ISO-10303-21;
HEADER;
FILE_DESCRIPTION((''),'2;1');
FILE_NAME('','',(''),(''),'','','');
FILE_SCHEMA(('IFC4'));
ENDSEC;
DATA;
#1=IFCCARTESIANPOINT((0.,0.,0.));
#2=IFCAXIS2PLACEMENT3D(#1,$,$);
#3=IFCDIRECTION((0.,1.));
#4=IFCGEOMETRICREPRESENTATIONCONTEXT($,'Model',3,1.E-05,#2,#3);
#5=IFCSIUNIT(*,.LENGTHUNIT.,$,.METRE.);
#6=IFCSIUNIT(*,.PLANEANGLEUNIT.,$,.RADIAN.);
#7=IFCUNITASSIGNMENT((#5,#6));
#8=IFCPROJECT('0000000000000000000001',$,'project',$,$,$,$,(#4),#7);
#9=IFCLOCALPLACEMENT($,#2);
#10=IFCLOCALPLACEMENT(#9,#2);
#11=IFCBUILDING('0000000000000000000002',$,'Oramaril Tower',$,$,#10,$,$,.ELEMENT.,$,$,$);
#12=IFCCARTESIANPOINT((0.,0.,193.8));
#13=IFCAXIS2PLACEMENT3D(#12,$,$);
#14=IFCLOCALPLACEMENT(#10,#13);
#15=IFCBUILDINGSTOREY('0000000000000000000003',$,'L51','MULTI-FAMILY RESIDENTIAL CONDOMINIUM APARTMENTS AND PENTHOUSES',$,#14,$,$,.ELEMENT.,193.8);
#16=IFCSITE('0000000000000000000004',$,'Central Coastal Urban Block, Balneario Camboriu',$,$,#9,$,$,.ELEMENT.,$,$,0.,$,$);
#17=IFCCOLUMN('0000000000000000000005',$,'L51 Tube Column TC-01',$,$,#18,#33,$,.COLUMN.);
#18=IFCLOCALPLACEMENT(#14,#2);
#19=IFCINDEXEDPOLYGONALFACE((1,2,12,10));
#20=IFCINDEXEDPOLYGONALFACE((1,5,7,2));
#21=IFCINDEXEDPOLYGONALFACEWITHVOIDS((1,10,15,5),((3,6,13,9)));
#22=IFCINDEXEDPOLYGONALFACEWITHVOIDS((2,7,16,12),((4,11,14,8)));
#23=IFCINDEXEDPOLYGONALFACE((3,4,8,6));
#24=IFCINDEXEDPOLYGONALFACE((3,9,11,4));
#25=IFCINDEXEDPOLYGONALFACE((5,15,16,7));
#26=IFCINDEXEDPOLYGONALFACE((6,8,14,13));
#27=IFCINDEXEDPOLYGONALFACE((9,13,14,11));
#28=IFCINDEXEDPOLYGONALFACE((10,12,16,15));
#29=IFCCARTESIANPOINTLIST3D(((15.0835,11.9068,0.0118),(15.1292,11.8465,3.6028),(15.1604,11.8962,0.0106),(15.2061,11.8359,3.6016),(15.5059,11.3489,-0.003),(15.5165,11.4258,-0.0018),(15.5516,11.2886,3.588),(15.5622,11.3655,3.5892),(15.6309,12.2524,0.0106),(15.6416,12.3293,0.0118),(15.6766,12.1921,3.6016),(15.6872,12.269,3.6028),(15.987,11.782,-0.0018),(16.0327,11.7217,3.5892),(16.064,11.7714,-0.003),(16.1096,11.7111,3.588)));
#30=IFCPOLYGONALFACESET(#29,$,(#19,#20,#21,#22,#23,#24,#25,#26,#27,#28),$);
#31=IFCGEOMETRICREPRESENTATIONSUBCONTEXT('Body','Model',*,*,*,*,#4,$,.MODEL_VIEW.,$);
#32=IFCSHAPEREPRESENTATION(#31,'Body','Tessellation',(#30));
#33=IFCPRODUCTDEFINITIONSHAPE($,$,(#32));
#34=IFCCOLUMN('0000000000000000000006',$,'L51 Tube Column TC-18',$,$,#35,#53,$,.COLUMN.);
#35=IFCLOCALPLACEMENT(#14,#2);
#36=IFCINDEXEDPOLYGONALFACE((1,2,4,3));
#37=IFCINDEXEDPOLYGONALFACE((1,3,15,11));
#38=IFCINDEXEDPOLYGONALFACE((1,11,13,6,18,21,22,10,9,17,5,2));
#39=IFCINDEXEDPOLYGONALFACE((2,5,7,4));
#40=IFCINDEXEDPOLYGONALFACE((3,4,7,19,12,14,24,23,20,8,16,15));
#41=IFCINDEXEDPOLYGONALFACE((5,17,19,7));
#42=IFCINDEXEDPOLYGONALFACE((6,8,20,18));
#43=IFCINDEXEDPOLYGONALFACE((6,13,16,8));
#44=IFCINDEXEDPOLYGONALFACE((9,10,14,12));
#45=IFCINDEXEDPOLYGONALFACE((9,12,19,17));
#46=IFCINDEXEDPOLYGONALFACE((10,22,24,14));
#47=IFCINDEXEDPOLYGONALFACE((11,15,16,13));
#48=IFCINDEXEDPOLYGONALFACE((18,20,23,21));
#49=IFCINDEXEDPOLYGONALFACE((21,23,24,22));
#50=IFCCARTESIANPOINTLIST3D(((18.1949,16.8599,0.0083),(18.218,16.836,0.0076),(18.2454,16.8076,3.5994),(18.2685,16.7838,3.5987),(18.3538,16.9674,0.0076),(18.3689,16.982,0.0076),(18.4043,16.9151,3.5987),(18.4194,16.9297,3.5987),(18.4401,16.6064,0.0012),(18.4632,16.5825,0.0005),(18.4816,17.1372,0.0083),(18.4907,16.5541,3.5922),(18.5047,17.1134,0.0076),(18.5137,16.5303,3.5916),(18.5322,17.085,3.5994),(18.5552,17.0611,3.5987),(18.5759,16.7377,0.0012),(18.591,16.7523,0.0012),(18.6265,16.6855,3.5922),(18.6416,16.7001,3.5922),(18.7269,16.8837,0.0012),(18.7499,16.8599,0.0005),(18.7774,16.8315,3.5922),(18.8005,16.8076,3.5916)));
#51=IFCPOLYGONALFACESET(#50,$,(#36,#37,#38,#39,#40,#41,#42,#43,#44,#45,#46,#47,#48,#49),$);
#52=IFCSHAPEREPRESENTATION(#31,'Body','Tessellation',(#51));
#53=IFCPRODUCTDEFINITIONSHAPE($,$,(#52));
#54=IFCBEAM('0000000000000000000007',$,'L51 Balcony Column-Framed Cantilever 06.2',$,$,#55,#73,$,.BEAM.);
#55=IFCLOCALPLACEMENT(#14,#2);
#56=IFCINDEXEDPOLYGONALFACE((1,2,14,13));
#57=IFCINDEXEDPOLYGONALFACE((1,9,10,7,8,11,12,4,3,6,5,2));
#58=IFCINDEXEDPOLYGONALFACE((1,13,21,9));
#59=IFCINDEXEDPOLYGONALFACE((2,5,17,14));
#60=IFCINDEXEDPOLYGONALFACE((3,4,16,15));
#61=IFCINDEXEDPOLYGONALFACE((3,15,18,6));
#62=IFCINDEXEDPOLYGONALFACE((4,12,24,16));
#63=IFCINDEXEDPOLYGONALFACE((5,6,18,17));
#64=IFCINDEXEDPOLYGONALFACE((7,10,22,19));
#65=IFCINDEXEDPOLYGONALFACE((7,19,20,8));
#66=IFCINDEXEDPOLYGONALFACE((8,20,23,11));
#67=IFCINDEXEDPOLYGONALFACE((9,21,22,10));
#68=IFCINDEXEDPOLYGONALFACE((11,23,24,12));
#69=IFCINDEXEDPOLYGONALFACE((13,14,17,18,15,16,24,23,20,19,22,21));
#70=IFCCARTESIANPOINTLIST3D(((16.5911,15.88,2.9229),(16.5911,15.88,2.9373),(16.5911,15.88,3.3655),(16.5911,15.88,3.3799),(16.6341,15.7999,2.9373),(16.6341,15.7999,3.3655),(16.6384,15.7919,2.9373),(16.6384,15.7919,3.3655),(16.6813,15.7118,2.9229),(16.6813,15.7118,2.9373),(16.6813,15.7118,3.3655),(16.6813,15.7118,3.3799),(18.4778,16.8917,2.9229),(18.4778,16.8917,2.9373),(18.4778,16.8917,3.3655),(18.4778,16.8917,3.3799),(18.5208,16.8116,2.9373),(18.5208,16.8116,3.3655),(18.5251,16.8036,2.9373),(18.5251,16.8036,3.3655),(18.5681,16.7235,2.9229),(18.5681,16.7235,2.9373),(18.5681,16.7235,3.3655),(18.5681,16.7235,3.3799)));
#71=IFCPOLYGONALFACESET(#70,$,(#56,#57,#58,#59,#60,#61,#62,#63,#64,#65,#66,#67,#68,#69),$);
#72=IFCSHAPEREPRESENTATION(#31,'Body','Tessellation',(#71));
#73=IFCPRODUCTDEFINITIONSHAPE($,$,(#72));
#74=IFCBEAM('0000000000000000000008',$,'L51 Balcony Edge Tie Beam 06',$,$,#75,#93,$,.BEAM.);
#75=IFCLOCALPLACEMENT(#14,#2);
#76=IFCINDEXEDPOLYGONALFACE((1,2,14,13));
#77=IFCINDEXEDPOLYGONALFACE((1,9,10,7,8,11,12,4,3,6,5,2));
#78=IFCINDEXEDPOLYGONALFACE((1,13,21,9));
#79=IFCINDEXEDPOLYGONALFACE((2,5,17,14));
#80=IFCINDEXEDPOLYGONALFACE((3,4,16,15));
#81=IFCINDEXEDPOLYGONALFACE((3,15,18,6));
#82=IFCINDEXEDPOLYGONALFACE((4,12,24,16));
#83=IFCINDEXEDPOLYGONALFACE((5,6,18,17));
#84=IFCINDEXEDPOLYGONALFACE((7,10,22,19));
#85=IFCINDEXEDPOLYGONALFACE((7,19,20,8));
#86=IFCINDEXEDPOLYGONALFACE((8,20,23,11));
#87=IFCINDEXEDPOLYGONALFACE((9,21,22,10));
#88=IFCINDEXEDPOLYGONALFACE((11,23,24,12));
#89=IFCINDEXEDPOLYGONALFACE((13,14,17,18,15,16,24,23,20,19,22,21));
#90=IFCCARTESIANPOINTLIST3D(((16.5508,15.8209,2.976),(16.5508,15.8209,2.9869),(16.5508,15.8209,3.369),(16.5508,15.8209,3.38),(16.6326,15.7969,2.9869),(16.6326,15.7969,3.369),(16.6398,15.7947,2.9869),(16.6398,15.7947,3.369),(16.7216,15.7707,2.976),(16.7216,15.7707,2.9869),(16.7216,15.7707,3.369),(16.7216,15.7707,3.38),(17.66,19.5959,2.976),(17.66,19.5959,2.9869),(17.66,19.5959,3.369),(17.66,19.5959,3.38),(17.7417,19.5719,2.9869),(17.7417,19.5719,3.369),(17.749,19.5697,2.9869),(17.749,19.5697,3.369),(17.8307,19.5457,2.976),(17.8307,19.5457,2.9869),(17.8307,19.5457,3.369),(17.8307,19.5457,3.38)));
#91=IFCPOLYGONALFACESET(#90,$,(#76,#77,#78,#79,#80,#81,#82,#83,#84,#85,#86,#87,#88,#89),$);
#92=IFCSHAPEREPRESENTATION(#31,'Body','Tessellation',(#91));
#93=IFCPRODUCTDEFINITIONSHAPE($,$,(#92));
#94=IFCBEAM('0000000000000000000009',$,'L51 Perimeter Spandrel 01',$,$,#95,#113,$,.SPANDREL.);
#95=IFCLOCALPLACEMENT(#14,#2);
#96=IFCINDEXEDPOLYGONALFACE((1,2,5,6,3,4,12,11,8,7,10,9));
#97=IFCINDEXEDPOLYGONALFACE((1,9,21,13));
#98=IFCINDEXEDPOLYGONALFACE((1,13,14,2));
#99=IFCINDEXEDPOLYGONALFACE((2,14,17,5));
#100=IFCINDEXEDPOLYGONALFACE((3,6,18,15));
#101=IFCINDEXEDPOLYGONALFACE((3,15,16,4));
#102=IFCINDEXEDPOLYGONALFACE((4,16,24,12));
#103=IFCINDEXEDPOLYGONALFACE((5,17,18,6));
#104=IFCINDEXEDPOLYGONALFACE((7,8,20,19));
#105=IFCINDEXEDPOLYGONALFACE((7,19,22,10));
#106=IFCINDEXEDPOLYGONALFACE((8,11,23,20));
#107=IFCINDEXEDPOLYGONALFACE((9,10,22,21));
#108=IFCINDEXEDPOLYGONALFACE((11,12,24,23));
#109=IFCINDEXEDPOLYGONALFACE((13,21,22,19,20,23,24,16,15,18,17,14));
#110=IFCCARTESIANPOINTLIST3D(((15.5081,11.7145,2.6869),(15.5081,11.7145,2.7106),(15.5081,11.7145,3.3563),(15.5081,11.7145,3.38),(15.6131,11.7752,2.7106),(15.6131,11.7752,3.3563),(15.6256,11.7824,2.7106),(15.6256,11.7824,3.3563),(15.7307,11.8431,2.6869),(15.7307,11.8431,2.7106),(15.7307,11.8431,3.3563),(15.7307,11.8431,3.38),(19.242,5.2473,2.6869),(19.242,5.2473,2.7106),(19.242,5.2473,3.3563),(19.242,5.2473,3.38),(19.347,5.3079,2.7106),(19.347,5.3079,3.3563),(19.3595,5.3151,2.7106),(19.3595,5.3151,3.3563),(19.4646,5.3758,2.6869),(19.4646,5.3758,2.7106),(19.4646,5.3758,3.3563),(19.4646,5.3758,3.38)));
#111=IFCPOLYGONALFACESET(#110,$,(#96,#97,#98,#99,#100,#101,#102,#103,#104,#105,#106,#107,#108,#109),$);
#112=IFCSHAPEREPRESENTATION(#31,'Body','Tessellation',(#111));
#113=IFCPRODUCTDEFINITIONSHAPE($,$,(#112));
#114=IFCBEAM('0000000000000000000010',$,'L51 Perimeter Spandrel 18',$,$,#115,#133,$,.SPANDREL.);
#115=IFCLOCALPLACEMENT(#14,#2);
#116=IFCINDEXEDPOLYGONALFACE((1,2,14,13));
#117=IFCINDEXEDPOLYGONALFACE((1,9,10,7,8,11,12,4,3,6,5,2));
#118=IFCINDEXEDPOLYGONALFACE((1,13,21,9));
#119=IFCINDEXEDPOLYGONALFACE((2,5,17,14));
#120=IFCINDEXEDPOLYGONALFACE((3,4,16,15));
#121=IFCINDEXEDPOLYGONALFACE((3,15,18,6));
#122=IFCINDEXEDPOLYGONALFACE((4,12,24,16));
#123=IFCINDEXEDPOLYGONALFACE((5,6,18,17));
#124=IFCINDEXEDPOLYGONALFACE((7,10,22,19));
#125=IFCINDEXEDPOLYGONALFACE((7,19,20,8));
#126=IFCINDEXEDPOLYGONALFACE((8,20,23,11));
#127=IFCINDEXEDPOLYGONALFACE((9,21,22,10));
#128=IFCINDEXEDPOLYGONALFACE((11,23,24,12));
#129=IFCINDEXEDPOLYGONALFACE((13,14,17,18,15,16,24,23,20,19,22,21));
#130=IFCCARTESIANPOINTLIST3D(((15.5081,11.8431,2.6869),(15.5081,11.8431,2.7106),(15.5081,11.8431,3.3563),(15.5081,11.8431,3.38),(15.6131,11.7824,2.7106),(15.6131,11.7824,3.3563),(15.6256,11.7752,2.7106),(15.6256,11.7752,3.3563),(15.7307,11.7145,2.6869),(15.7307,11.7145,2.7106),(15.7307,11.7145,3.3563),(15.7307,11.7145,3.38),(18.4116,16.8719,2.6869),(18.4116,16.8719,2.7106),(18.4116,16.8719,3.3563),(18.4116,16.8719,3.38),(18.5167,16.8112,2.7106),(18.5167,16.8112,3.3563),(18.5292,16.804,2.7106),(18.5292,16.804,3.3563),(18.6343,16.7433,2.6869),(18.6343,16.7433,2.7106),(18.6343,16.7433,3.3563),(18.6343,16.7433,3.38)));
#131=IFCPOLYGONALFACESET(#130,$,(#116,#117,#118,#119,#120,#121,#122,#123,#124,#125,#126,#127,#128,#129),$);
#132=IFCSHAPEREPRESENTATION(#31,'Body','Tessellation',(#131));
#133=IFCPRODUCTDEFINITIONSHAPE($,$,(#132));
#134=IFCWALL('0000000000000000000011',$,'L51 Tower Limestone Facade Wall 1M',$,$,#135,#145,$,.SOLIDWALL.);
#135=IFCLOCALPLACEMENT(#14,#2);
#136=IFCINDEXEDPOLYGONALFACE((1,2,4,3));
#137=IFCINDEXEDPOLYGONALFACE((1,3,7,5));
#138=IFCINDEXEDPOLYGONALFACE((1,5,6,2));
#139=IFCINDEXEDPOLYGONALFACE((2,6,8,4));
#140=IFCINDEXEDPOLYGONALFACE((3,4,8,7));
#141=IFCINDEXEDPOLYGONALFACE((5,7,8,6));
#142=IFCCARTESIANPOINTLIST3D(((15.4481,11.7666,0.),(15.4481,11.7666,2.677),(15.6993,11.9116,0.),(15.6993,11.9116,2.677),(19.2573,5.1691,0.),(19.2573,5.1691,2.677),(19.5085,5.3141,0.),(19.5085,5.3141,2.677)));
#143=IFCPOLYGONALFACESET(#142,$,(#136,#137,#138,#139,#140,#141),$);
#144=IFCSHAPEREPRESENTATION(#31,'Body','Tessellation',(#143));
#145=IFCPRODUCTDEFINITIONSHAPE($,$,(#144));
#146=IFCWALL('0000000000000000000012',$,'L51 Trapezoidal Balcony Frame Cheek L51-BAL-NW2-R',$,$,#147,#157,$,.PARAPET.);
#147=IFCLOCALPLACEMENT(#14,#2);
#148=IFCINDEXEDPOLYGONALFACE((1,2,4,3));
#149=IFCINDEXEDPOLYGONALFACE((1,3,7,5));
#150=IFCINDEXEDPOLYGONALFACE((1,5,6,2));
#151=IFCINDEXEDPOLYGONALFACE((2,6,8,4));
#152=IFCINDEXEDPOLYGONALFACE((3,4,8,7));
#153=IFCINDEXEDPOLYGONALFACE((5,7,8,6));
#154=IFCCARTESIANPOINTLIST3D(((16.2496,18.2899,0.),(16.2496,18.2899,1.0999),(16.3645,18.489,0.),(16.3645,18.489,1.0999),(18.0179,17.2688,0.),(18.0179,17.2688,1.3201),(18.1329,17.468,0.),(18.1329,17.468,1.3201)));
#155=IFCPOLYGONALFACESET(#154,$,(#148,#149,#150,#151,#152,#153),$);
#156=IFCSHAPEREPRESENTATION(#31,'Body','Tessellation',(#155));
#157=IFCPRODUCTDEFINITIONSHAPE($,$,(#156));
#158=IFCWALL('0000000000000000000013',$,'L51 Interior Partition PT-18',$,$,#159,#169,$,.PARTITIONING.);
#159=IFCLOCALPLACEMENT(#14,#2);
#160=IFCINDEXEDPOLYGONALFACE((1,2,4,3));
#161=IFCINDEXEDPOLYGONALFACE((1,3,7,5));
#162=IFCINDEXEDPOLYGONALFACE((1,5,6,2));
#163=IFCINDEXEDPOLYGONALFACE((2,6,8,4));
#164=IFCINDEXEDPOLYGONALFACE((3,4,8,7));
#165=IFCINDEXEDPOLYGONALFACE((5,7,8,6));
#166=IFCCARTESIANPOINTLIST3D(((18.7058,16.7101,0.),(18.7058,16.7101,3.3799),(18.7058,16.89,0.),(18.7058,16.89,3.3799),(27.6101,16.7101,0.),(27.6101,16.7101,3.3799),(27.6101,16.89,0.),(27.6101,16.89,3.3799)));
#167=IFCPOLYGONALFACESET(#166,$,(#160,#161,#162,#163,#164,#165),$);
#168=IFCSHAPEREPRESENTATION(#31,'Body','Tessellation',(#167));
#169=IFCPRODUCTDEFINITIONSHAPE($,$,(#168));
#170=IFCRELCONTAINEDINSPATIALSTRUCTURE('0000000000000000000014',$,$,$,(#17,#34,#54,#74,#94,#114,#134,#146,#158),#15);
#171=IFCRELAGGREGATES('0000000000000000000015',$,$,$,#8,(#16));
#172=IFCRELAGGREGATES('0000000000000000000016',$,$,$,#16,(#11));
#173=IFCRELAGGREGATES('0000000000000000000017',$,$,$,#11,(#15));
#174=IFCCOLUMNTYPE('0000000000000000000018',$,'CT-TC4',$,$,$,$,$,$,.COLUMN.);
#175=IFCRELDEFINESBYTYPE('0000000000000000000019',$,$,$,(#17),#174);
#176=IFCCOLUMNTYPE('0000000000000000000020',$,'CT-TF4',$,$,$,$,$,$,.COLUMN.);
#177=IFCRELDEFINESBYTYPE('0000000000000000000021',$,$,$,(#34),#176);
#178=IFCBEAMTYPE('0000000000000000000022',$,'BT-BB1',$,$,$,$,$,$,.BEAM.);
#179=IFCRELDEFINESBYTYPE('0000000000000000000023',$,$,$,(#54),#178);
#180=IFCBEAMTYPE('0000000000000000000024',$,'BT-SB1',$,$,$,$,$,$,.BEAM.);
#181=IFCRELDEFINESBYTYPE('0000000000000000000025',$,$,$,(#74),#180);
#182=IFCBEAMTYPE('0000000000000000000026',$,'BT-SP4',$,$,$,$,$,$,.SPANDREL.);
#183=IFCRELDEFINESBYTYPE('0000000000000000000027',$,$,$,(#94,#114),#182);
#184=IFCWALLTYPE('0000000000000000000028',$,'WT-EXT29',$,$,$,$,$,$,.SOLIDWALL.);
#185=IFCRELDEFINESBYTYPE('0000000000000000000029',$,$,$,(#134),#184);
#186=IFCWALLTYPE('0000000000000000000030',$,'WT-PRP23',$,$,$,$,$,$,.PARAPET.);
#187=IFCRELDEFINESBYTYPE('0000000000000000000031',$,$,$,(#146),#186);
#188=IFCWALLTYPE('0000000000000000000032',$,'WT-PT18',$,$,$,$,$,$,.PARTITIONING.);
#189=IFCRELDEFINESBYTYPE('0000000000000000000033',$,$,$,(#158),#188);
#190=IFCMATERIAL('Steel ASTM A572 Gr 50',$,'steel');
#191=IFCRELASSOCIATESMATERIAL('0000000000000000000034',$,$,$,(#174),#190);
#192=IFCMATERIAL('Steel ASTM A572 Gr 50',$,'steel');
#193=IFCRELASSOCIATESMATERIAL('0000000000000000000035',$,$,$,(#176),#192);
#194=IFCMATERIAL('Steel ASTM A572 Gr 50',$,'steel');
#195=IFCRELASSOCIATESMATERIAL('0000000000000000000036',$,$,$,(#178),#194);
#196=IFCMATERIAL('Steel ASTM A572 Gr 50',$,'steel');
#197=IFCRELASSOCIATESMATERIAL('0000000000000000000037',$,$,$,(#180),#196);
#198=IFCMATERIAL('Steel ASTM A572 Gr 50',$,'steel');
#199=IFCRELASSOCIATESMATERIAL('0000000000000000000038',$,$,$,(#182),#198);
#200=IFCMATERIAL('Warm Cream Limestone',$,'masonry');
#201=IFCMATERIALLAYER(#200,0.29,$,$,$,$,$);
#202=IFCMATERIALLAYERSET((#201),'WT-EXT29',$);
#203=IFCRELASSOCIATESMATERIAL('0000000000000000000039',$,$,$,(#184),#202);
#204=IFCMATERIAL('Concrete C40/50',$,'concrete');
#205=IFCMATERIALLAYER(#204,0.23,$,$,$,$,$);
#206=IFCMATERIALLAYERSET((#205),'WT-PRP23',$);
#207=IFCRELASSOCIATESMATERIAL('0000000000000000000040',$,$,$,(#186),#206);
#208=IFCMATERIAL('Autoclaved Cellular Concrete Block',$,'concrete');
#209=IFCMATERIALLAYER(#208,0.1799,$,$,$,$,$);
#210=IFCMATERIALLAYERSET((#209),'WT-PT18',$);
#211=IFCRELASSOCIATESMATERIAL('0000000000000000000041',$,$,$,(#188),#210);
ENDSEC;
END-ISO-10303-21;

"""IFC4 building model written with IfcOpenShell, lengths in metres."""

from ifc_helpers import new_model, si_unit, direction, frame, frame_2d, origin, origin_2d, place, context, subcontext, project, spatial, polyline, rectangle, hollow_rectangle, i_section, outline, extrude, material, layer, layer_set, material_profile, profile_set, type_object, element, save


model = new_model("IFC4")

# Units and contexts
model_context = context("Model", 3, precision=1e-05, world=origin(), true_north=direction((0.0, 1.0)))
body_context = subcontext(model_context, "Body", "Model", "MODEL_VIEW")
ifc_project = project(units=[si_unit("LENGTHUNIT", "METRE"), si_unit("PLANEANGLEUNIT", "RADIAN")], contexts=[model_context])

# Site, building, storey
site_placement = place(None, origin())
site = spatial("IfcSite", under=ifc_project, at=site_placement, Name="Central Coastal Urban Block, Balneario Camboriu", CompositionType="ELEMENT", RefElevation=0.0)
building_placement = place(site_placement, origin())
building = spatial("IfcBuilding", under=site, at=building_placement, Name="Oramaril Tower", CompositionType="ELEMENT")
storey_placement = place(building_placement, frame((0.0, 0.0, 193.8)))
storey = spatial("IfcBuildingStorey", under=building, at=storey_placement, Name="L51", Description="MULTI-FAMILY RESIDENTIAL CONDOMINIUM APARTMENTS AND PENTHOUSES", CompositionType="ELEMENT", Elevation=193.8)

# Columns
ifc_material_1 = material(Name="Steel ASTM A572 Gr 50", Category="steel")
ifc_material_profile_1 = material_profile(ifc_material_1, hollow_rectangle(XDim=0.7, YDim=0.7, WallThickness=0.0549, at=origin_2d()), Name="BOX700X700X55")
ifc_profile_set_1 = profile_set([ifc_material_profile_1], Name="Steel ASTM A572 Gr 50")
column_type_1 = type_object("IfcColumnType", Name="CT-TC4", PredefinedType="COLUMN", material=ifc_profile_set_1)
column_1_placement = place(storey_placement, frame((15.5737, 11.8391, 0.0044), z_axis=(0.01271, -0.016789, 0.999778), x_axis=(0.79728, 0.603609, 0.0)))
element("IfcColumn", 1, at=column_1_placement, inside=storey, type_object=column_type_1, Name="L51 Tube Column TC-01", PredefinedType="COLUMN", context=body_context, shape_type="SweptSolid", body=[
    extrude(hollow_rectangle(XDim=0.7, YDim=0.7, WallThickness=0.0549, at=origin_2d()), origin(), (0.0, 0.0, 1.0), 3.5918),
])
ifc_material_2 = material(Name="Steel ASTM A572 Gr 50", Category="steel")
ifc_material_profile_2 = material_profile(ifc_material_2, i_section(OverallWidth=0.3989, OverallDepth=0.386, WebThickness=0.021, FlangeThickness=0.0332, at=origin_2d()), Name="W14X176")
ifc_profile_set_2 = profile_set([ifc_material_profile_2], Name="Steel ASTM A572 Gr 50")
column_type_2 = type_object("IfcColumnType", Name="CT-TF4", PredefinedType="COLUMN", material=ifc_profile_set_2)
column_2_placement = place(storey_placement, frame((18.4724, 16.8599, 0.0044), z_axis=(0.01407, -0.014546, 0.999795), x_axis=(0.718765, 0.695254, 0.0)))
element("IfcColumn", 2, at=column_2_placement, inside=storey, type_object=column_type_2, Name="L51 Tube Column TC-18", PredefinedType="COLUMN", context=body_context, shape_type="SweptSolid", body=[
    extrude(i_section(OverallWidth=0.3989, OverallDepth=0.386, WebThickness=0.021, FlangeThickness=0.0332, at=origin_2d()), origin(), (0.0, 0.0, 1.0), 3.5918),
])

# Beams
ifc_material_3 = material(Name="Steel ASTM A572 Gr 50", Category="steel")
ifc_material_profile_3 = material_profile(ifc_material_3, i_section(OverallWidth=0.1909, OverallDepth=0.457, WebThickness=0.009, FlangeThickness=0.0144, at=origin_2d()), Name="W18X50")
ifc_profile_set_3 = profile_set([ifc_material_profile_3], Name="Steel ASTM A572 Gr 50")
beam_type_1 = type_object("IfcBeamType", Name="BT-BB1", PredefinedType="BEAM", material=ifc_profile_set_3)
beam_1_placement = place(storey_placement, frame((18.5229, 16.8076, 3.1514), z_axis=(-0.88129, -0.472576, 0.0), x_axis=(0.472576, -0.88129, 0.0)))
element("IfcBeam", 3, at=beam_1_placement, inside=storey, type_object=beam_type_1, Name="L51 Balcony Column-Framed Cantilever 06.2", PredefinedType="BEAM", context=body_context, shape_type="SweptSolid", body=[
    extrude(i_section(OverallWidth=0.1909, OverallDepth=0.457, WebThickness=0.009, FlangeThickness=0.0144, at=origin_2d()), origin(), (0.0, 0.0, 1.0), 2.1409),
])
ifc_material_4 = material(Name="Steel ASTM A572 Gr 50", Category="steel")
ifc_material_profile_4 = material_profile(ifc_material_4, i_section(OverallWidth=0.178, OverallDepth=0.4041, WebThickness=0.0076, FlangeThickness=0.011, at=origin_2d()), Name="W16X36")
ifc_profile_set_4 = profile_set([ifc_material_profile_4], Name="Steel ASTM A572 Gr 50")
beam_type_2 = type_object("IfcBeamType", Name="BT-SB1", PredefinedType="BEAM", material=ifc_profile_set_4)
beam_2_placement = place(storey_placement, frame((17.7454, 19.5708, 3.178), z_axis=(-0.281901, -0.959444, 0.0), x_axis=(0.959444, -0.281901, 0.0)))
element("IfcBeam", 4, at=beam_2_placement, inside=storey, type_object=beam_type_2, Name="L51 Balcony Edge Tie Beam 06", PredefinedType="BEAM", context=body_context, shape_type="SweptSolid", body=[
    extrude(i_section(OverallWidth=0.178, OverallDepth=0.4041, WebThickness=0.0076, FlangeThickness=0.011, at=origin_2d()), origin(), (0.0, 0.0, 1.0), 3.9346),
])
ifc_material_5 = material(Name="Steel ASTM A572 Gr 50", Category="steel")
ifc_material_profile_5 = material_profile(ifc_material_5, i_section(OverallWidth=0.2571, OverallDepth=0.6931, WebThickness=0.0144, FlangeThickness=0.0237, at=origin_2d()), Name="W27X114")
ifc_profile_set_5 = profile_set([ifc_material_profile_5], Name="Steel ASTM A572 Gr 50")
beam_type_3 = type_object("IfcBeamType", Name="BT-SP4", PredefinedType="SPANDREL", material=ifc_profile_set_5)
beam_3_placement = place(storey_placement, frame((15.6194, 11.7788, 3.0334), z_axis=(0.5, -0.866026, 0.0), x_axis=(0.866026, 0.5, 0.0)))
element("IfcBeam", 5, at=beam_3_placement, inside=storey, type_object=beam_type_3, Name="L51 Perimeter Spandrel 01", PredefinedType="SPANDREL", context=body_context, shape_type="SweptSolid", body=[
    extrude(i_section(OverallWidth=0.2571, OverallDepth=0.6931, WebThickness=0.0144, FlangeThickness=0.0237, at=origin_2d()), origin(), (0.0, 0.0, 1.0), 7.4678),
])
beam_4_placement = place(storey_placement, frame((18.5229, 16.8076, 3.0334), z_axis=(-0.500023, -0.866012, 0.0), x_axis=(0.866012, -0.500023, 0.0)))
element("IfcBeam", 6, at=beam_4_placement, inside=storey, type_object=beam_type_3, Name="L51 Perimeter Spandrel 18", PredefinedType="SPANDREL", context=body_context, shape_type="SweptSolid", body=[
    extrude(i_section(OverallWidth=0.2571, OverallDepth=0.6931, WebThickness=0.0144, FlangeThickness=0.0237, at=origin_2d()), origin(), (0.0, 0.0, 1.0), 5.8069),
])

# Walls
ifc_material_6 = material(Name="Warm Cream Limestone", Category="masonry")
ifc_layer_1 = layer(ifc_material_6, 0.29)
ifc_layer_set_1 = layer_set([ifc_layer_1], Name="WT-EXT29")
wall_type_1 = type_object("IfcWallType", Name="WT-EXT29", PredefinedType="SOLIDWALL", material=ifc_layer_set_1)
wall_1_placement = place(storey_placement, frame((15.5737, 11.8391, 0.0), z_axis=(0.0, 0.0, 1.0), x_axis=(0.500006, -0.866022, 0.0)))
element("IfcWall", 7, at=wall_1_placement, inside=storey, type_object=wall_type_1, Name="L51 Tower Limestone Facade Wall 1M", PredefinedType="SOLIDWALL", context=body_context, shape_type="SweptSolid", body=[
    extrude(rectangle(XDim=7.6182, YDim=0.29, at=frame_2d((3.8091, 0.0))), origin(), (0.0, 0.0, 1.0), 2.677),
])
ifc_material_7 = material(Name="Concrete C40/50", Category="concrete")
ifc_layer_2 = layer(ifc_material_7, 0.23)
ifc_layer_set_2 = layer_set([ifc_layer_2], Name="WT-PRP23")
wall_type_2 = type_object("IfcWallType", Name="WT-PRP23", PredefinedType="PARAPET", material=ifc_layer_set_2)
wall_2_placement = place(storey_placement, frame((18.0754, 17.3684, 0.0), z_axis=(0.0, 0.0, 1.0), x_axis=(-0.866012, 0.500023, 0.0)))
element("IfcWall", 8, at=wall_2_placement, inside=storey, type_object=wall_type_2, Name="L51 Trapezoidal Balcony Frame Cheek L51-BAL-NW2-R", PredefinedType="PARAPET", context=body_context, shape_type="SweptSolid", body=[
    extrude(outline(polyline([(0.0, 0.0), (2.042, 0.0), (2.042, 1.0999), (0.0, 1.3201), (0.0, 0.0)])), frame((0.0, 0.115, 0.0), z_axis=(0.0, -1.0, 0.0), x_axis=(1.0, 0.0, 0.0)), (0.0, 0.0, 1.0), 0.23),
])
ifc_material_8 = material(Name="Autoclaved Cellular Concrete Block", Category="concrete")
ifc_layer_3 = layer(ifc_material_8, 0.1799)
ifc_layer_set_3 = layer_set([ifc_layer_3], Name="WT-PT18")
wall_type_3 = type_object("IfcWallType", Name="WT-PT18", PredefinedType="PARTITIONING", material=ifc_layer_set_3)
wall_3_placement = place(storey_placement, frame((18.7058, 16.8, 0.0), z_axis=(0.0, 0.0, 1.0), x_axis=(1.0, 0.0, 0.0)))
element("IfcWall", 9, at=wall_3_placement, inside=storey, type_object=wall_type_3, Name="L51 Interior Partition PT-18", PredefinedType="PARTITIONING", context=body_context, shape_type="SweptSolid", body=[
    extrude(rectangle(XDim=8.9043, YDim=0.1799, at=frame_2d((4.4521, 0.0))), origin(), (0.0, 0.0, 1.0), 3.3799),
])

save(model, "model.ifc")
